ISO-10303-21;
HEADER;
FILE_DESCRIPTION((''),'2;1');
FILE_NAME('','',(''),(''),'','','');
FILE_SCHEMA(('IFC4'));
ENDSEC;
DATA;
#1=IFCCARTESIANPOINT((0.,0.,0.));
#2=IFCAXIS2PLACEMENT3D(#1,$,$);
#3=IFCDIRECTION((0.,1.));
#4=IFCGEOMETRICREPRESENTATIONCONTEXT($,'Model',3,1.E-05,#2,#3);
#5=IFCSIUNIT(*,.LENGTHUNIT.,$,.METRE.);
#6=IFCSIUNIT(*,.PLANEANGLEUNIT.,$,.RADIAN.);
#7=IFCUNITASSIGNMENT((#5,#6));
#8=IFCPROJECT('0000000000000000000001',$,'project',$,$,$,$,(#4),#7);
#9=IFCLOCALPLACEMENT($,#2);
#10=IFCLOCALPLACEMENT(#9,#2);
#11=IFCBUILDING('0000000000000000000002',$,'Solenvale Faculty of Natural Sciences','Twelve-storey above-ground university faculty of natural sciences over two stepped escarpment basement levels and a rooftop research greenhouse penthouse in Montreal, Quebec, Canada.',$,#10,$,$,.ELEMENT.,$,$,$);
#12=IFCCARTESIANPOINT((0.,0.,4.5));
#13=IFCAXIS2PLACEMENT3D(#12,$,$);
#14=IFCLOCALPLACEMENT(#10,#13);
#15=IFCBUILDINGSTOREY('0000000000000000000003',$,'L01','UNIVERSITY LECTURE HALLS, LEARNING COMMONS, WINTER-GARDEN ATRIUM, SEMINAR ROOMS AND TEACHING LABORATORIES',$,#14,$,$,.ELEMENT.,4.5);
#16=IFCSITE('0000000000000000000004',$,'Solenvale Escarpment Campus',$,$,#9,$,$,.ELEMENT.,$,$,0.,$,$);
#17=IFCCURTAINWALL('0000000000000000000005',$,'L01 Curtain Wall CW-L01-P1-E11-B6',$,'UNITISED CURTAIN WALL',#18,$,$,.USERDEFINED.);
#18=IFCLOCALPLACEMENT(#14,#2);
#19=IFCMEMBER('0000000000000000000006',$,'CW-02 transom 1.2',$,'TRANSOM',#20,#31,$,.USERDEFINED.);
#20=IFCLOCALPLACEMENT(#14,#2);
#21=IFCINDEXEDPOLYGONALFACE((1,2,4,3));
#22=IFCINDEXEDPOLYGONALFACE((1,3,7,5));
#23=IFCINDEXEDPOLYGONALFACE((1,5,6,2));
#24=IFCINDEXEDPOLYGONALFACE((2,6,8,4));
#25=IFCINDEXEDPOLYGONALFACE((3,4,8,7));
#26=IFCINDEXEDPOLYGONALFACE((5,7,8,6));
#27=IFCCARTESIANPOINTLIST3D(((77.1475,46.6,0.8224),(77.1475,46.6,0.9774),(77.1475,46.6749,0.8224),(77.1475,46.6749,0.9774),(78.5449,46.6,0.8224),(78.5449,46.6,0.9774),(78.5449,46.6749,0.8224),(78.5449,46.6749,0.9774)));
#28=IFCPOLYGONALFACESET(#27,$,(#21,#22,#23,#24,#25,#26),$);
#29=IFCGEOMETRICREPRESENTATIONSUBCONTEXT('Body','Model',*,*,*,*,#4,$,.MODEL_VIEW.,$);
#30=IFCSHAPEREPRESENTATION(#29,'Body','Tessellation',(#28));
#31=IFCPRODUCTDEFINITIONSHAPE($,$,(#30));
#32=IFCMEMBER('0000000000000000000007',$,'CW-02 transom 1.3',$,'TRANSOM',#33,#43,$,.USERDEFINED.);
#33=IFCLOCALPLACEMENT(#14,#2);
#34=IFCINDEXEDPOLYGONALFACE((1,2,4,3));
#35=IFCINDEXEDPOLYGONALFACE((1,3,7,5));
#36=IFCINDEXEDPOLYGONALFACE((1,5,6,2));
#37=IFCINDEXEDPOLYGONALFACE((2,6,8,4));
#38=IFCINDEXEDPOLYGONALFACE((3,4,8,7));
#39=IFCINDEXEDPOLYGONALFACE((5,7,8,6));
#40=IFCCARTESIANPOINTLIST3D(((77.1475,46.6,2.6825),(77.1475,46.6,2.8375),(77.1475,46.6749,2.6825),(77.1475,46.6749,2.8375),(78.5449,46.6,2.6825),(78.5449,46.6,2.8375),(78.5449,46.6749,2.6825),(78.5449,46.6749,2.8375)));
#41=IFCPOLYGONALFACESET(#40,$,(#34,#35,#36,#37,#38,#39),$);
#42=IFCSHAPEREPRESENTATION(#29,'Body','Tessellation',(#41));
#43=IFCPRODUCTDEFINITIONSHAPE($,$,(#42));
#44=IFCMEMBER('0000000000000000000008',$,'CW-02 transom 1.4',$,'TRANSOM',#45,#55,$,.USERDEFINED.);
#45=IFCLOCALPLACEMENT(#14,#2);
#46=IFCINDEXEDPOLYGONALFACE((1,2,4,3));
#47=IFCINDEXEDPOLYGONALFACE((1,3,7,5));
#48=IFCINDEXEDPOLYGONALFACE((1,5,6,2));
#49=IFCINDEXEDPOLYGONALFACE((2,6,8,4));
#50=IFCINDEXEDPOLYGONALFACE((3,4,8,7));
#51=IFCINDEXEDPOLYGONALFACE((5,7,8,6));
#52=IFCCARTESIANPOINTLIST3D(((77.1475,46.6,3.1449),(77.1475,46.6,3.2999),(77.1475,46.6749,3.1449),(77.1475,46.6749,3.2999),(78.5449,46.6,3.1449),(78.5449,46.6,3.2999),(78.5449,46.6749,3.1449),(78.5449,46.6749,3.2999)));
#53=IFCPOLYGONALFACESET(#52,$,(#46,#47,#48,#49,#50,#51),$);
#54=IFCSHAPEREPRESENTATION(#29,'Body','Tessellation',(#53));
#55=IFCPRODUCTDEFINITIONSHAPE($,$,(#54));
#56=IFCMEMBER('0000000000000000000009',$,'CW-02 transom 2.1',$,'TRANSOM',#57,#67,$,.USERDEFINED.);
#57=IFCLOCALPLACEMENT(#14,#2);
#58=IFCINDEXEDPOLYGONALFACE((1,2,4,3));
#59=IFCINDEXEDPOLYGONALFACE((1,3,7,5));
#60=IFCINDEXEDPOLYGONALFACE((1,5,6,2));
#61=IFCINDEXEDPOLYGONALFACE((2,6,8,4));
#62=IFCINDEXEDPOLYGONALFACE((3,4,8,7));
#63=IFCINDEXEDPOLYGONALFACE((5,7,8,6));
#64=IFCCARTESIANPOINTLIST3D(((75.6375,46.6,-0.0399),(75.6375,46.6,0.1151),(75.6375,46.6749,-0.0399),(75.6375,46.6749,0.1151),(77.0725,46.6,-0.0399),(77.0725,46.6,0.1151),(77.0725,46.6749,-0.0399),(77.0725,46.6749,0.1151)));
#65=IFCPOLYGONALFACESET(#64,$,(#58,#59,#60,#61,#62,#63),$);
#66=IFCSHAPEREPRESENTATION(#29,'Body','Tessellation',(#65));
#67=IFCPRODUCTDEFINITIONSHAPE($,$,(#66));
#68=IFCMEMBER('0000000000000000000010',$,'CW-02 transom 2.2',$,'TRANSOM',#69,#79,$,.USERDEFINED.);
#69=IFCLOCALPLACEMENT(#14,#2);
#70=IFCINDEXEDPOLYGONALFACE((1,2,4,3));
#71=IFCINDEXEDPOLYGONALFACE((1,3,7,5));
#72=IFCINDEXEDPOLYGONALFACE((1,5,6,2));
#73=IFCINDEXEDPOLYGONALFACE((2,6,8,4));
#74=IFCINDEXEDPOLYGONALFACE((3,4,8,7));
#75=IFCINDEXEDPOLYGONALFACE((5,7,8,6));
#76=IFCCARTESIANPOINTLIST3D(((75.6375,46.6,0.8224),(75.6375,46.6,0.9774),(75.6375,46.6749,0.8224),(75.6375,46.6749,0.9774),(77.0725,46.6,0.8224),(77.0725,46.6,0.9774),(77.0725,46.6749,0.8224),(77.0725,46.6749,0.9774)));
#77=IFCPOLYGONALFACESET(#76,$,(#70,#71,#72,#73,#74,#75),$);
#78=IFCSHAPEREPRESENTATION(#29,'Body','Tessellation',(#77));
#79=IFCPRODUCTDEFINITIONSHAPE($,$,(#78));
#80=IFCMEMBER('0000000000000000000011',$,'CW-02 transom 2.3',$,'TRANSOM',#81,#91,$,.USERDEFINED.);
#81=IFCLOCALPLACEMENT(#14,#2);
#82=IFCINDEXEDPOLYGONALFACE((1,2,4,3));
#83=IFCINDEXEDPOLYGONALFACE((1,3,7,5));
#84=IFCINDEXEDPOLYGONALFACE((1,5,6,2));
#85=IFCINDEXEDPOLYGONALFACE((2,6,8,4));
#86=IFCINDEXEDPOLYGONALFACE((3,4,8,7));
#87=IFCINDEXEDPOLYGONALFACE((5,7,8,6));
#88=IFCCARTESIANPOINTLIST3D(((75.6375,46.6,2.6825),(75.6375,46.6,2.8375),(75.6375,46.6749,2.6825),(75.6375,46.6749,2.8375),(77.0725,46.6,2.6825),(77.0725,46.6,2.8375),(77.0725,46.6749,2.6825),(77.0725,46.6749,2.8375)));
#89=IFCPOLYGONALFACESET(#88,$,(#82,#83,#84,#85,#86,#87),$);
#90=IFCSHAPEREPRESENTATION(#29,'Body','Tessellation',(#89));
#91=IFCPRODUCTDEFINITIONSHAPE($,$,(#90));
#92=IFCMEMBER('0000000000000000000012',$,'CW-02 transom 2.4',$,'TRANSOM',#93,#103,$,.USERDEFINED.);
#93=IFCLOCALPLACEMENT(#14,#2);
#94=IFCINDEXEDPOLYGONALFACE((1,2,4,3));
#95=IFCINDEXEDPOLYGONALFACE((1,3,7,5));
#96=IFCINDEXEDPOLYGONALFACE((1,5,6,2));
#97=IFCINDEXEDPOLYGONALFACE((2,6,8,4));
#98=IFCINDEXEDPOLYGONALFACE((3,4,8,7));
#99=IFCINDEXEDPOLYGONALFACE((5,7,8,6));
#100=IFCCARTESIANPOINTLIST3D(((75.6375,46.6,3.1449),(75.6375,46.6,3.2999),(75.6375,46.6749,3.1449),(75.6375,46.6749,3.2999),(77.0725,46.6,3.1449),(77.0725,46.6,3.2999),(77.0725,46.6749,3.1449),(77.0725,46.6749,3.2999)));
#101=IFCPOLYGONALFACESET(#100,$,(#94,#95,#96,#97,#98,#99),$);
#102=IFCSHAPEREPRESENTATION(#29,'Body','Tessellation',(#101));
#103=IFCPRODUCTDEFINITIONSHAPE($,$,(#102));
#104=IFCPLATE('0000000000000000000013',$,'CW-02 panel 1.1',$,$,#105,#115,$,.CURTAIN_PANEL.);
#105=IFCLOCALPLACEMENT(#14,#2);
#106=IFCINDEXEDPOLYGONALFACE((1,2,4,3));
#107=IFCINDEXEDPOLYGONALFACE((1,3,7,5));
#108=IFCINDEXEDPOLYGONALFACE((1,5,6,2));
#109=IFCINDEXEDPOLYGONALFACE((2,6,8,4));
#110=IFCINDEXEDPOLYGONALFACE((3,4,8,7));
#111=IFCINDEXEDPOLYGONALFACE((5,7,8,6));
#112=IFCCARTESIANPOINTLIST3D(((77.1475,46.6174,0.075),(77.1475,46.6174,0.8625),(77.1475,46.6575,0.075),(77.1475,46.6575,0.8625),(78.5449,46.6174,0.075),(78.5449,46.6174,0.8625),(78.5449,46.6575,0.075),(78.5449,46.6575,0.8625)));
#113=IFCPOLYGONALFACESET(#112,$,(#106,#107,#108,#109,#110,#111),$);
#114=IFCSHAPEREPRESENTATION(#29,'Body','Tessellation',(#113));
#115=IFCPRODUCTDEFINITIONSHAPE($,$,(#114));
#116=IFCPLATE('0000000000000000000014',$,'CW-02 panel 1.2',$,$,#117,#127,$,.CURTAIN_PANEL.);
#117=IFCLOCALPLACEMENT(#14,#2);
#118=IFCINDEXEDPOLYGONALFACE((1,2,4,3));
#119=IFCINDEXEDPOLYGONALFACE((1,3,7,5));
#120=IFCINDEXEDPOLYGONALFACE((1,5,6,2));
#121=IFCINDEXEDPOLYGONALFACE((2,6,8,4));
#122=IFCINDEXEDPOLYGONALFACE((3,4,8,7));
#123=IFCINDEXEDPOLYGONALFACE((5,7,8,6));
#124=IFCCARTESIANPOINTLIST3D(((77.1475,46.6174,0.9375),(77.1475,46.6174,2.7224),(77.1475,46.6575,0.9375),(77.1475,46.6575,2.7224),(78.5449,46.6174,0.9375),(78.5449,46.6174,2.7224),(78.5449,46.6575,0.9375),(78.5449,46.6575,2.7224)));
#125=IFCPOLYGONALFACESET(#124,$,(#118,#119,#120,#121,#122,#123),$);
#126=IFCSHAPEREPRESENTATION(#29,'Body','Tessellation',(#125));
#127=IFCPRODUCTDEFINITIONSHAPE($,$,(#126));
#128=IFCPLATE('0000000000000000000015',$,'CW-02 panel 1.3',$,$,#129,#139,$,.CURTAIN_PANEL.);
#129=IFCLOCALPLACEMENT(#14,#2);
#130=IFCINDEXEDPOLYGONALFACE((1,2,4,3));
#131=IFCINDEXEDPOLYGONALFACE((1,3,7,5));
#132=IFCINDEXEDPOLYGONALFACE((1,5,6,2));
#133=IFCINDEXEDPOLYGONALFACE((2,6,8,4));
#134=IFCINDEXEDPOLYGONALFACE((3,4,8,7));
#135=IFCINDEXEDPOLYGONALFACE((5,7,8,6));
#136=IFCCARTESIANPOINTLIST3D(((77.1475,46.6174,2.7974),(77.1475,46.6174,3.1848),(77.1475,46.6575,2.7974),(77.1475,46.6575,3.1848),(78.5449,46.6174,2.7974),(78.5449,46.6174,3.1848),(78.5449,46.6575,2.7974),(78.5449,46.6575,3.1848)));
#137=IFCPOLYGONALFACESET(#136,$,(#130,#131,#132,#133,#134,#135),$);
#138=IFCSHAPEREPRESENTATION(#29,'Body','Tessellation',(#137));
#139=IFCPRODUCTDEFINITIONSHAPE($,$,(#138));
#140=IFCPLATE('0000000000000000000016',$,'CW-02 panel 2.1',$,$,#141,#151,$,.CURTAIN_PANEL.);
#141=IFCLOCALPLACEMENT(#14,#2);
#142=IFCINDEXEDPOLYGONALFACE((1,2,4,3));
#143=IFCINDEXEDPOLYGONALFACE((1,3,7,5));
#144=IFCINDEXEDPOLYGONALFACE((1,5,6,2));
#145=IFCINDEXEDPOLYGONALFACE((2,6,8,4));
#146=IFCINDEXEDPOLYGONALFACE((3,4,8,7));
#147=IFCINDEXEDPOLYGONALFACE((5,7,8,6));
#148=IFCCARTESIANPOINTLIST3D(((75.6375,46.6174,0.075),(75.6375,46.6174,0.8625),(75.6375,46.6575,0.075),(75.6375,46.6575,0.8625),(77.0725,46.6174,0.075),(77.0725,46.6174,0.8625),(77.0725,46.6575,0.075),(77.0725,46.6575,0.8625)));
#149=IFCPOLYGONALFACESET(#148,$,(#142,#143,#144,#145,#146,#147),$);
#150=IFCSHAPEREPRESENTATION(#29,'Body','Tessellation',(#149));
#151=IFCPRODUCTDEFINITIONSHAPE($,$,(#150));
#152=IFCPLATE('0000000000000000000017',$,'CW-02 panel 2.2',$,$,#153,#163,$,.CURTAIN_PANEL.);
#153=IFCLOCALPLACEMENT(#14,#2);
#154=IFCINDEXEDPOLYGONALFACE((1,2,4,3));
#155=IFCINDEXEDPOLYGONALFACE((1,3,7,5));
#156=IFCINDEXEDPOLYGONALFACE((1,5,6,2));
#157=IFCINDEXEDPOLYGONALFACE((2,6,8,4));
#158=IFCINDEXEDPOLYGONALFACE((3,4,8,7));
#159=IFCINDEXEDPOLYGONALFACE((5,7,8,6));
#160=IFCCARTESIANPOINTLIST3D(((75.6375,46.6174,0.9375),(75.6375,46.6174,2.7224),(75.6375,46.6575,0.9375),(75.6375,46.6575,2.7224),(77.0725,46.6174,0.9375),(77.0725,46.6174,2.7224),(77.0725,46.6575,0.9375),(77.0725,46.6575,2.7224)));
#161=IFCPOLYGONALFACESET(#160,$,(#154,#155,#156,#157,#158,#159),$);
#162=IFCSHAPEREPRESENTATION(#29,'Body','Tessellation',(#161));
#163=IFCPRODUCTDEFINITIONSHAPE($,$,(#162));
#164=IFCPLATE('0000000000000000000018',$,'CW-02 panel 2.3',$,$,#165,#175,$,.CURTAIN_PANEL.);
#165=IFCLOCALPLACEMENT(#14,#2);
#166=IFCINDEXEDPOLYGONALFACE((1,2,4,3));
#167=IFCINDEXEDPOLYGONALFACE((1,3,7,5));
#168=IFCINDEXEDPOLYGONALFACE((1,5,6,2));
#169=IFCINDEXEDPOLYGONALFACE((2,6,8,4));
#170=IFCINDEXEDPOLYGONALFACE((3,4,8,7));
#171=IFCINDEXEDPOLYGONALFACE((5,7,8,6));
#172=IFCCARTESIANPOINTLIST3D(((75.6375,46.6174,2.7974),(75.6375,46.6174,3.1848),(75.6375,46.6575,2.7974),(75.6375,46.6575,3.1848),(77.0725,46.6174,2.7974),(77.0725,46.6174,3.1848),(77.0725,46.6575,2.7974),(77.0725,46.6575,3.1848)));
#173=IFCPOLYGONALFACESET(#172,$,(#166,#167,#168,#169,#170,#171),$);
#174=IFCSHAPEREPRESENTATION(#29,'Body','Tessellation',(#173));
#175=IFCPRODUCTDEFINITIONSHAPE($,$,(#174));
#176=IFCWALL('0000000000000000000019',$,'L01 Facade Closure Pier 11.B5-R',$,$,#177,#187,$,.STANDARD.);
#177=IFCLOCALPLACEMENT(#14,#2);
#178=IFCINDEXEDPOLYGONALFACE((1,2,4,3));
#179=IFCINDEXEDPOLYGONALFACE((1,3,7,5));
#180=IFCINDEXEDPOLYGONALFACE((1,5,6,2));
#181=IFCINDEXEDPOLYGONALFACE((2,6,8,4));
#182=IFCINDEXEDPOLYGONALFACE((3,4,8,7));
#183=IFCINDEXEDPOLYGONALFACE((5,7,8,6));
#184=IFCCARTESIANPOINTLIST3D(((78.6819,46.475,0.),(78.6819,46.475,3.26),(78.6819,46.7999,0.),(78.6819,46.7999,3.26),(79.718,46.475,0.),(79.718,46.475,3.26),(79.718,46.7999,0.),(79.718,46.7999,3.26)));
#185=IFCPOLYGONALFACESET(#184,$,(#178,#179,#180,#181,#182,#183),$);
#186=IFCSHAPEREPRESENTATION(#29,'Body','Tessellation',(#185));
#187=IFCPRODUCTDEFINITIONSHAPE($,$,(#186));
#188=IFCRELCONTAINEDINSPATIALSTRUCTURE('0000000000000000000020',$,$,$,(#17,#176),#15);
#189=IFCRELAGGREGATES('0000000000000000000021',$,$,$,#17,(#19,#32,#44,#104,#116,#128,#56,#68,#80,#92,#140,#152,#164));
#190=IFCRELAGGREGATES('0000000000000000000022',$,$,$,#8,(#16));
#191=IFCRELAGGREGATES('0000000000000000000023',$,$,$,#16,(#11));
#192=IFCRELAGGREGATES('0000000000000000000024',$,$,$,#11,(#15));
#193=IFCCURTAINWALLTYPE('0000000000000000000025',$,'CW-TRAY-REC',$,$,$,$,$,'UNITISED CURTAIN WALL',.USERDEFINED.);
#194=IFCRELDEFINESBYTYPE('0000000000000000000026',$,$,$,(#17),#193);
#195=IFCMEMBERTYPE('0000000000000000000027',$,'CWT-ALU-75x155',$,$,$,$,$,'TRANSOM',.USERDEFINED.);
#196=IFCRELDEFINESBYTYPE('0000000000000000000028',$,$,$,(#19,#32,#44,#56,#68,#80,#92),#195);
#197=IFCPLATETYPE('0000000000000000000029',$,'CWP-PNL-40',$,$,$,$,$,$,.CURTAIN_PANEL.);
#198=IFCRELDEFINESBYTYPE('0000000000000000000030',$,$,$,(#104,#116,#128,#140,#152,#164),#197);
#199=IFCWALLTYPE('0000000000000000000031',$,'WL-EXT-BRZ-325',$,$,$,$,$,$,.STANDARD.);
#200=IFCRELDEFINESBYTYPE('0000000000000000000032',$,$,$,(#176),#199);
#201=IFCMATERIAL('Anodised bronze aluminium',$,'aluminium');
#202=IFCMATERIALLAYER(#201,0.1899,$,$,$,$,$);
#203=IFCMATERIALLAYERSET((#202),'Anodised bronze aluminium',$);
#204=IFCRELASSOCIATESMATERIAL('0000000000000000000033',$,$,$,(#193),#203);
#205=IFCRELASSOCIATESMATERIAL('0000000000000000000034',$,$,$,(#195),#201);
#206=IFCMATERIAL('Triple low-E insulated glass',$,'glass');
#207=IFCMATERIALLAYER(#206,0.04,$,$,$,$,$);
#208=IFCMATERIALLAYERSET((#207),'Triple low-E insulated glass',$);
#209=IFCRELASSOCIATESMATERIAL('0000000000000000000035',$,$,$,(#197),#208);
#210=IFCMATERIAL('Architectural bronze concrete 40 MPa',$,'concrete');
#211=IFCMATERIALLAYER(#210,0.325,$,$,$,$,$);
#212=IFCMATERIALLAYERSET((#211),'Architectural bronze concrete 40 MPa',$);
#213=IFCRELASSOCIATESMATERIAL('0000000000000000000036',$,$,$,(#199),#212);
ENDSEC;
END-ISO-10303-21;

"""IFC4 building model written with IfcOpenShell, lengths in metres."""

from ifc_helpers import new_model, si_unit, direction, frame, frame_2d, origin, origin_2d, place, context, subcontext, project, spatial, rectangle, extrude, material, layer, layer_set, material_profile, profile_set, type_object, element, aggregate, save


model = new_model("IFC4")

# Units and contexts
model_context = context("Model", 3, precision=1e-05, world=origin(), true_north=direction((0.0, 1.0)))
body_context = subcontext(model_context, "Body", "Model", "MODEL_VIEW")
ifc_project = project(units=[si_unit("LENGTHUNIT", "METRE"), si_unit("PLANEANGLEUNIT", "RADIAN")], contexts=[model_context])

# Site, building, storey
site_placement = place(None, origin())
site = spatial("IfcSite", under=ifc_project, at=site_placement, Name="Solenvale Escarpment Campus", CompositionType="ELEMENT", RefElevation=0.0)
building_placement = place(site_placement, origin())
building = spatial("IfcBuilding", under=site, at=building_placement, Name="Solenvale Faculty of Natural Sciences", Description="Twelve-storey above-ground university faculty of natural sciences over two stepped escarpment basement levels and a rooftop research greenhouse penthouse in Montreal, Quebec, Canada.", CompositionType="ELEMENT")
storey_placement = place(building_placement, frame((0.0, 0.0, 4.5)))
storey = spatial("IfcBuildingStorey", under=building, at=storey_placement, Name="L01", Description="UNIVERSITY LECTURE HALLS, LEARNING COMMONS, WINTER-GARDEN ATRIUM, SEMINAR ROOMS AND TEACHING LABORATORIES", CompositionType="ELEMENT", Elevation=4.5)

# Shared definitions
ifc_material_1 = material(Name="Architectural bronze concrete 40 MPa", Category="concrete")

# Curtain wall, members, plates
ifc_material_2 = material(Name="Anodised bronze aluminium", Category="aluminium")
ifc_layer_1 = layer(ifc_material_2, 0.1899)
ifc_layer_set_1 = layer_set([ifc_layer_1], Name="Anodised bronze aluminium")
curtain_wall_type = type_object("IfcCurtainWallType", Name="CW-TRAY-REC", ElementType="UNITISED CURTAIN WALL", PredefinedType="USERDEFINED", material=ifc_layer_set_1)
curtain_wall_placement = place(storey_placement, origin())
curtain_wall = element("IfcCurtainWall", 1, at=curtain_wall_placement, inside=storey, type_object=curtain_wall_type, Name="L01 Curtain Wall CW-L01-P1-E11-B6", ObjectType="UNITISED CURTAIN WALL", PredefinedType="USERDEFINED")
ifc_material_profile_1 = material_profile(ifc_material_2, rectangle(XDim=0.075, YDim=0.155, at=origin_2d()), Name="ALU-TRN-75x155")
ifc_profile_set_1 = profile_set([ifc_material_profile_1], Name="Anodised bronze aluminium")
member_type_1 = type_object("IfcMemberType", Name="CWT-ALU-75x155", ElementType="TRANSOM", PredefinedType="USERDEFINED", material=ifc_profile_set_1)
member_1_placement = place(storey_placement, frame((78.5449, 46.6375, 0.8999), z_axis=(-1.0, 0.0, 0.0), x_axis=(0.0, -1.0, 0.0)))
member_1 = element("IfcMember", 2, at=member_1_placement, type_object=member_type_1, Name="CW-02 transom 1.2", ObjectType="TRANSOM", PredefinedType="USERDEFINED", context=body_context, shape_type="SweptSolid", body=[
    extrude(rectangle(XDim=0.075, YDim=0.155, at=origin_2d()), origin(), (0.0, 0.0, 1.0), 1.3975),
])
member_2_placement = place(storey_placement, frame((78.5449, 46.6375, 2.76), z_axis=(-1.0, 0.0, 0.0), x_axis=(0.0, -1.0, 0.0)))
member_2 = element("IfcMember", 3, at=member_2_placement, type_object=member_type_1, Name="CW-02 transom 1.3", ObjectType="TRANSOM", PredefinedType="USERDEFINED", context=body_context, shape_type="SweptSolid", body=[
    extrude(rectangle(XDim=0.075, YDim=0.155, at=origin_2d()), origin(), (0.0, 0.0, 1.0), 1.3975),
])
member_3_placement = place(storey_placement, frame((78.5449, 46.6375, 3.2224), z_axis=(-1.0, 0.0, 0.0), x_axis=(0.0, -1.0, 0.0)))
member_3 = element("IfcMember", 4, at=member_3_placement, type_object=member_type_1, Name="CW-02 transom 1.4", ObjectType="TRANSOM", PredefinedType="USERDEFINED", context=body_context, shape_type="SweptSolid", body=[
    extrude(rectangle(XDim=0.075, YDim=0.155, at=origin_2d()), origin(), (0.0, 0.0, 1.0), 1.3975),
])
member_4_placement = place(storey_placement, frame((77.0725, 46.6375, 0.0376), z_axis=(-1.0, 0.0, 0.0), x_axis=(0.0, -1.0, 0.0)))
member_4 = element("IfcMember", 5, at=member_4_placement, type_object=member_type_1, Name="CW-02 transom 2.1", ObjectType="TRANSOM", PredefinedType="USERDEFINED", context=body_context, shape_type="SweptSolid", body=[
    extrude(rectangle(XDim=0.075, YDim=0.155, at=origin_2d()), origin(), (0.0, 0.0, 1.0), 1.4351),
])
member_5_placement = place(storey_placement, frame((77.0725, 46.6375, 0.8999), z_axis=(-1.0, 0.0, 0.0), x_axis=(0.0, -1.0, 0.0)))
member_5 = element("IfcMember", 6, at=member_5_placement, type_object=member_type_1, Name="CW-02 transom 2.2", ObjectType="TRANSOM", PredefinedType="USERDEFINED", context=body_context, shape_type="SweptSolid", body=[
    extrude(rectangle(XDim=0.075, YDim=0.155, at=origin_2d()), origin(), (0.0, 0.0, 1.0), 1.4351),
])
member_6_placement = place(storey_placement, frame((77.0725, 46.6375, 2.76), z_axis=(-1.0, 0.0, 0.0), x_axis=(0.0, -1.0, 0.0)))
member_6 = element("IfcMember", 7, at=member_6_placement, type_object=member_type_1, Name="CW-02 transom 2.3", ObjectType="TRANSOM", PredefinedType="USERDEFINED", context=body_context, shape_type="SweptSolid", body=[
    extrude(rectangle(XDim=0.075, YDim=0.155, at=origin_2d()), origin(), (0.0, 0.0, 1.0), 1.4351),
])
member_7_placement = place(storey_placement, frame((77.0725, 46.6375, 3.2224), z_axis=(-1.0, 0.0, 0.0), x_axis=(0.0, -1.0, 0.0)))
member_7 = element("IfcMember", 8, at=member_7_placement, type_object=member_type_1, Name="CW-02 transom 2.4", ObjectType="TRANSOM", PredefinedType="USERDEFINED", context=body_context, shape_type="SweptSolid", body=[
    extrude(rectangle(XDim=0.075, YDim=0.155, at=origin_2d()), origin(), (0.0, 0.0, 1.0), 1.4351),
])
ifc_material_3 = material(Name="Triple low-E insulated glass", Category="glass")
ifc_layer_2 = layer(ifc_material_3, 0.04)
ifc_layer_set_2 = layer_set([ifc_layer_2], Name="Triple low-E insulated glass")
plate_type = type_object("IfcPlateType", Name="CWP-PNL-40", PredefinedType="CURTAIN_PANEL", material=ifc_layer_set_2)
plate_1_placement = place(storey_placement, frame((77.8462, 46.6375, 0.075), z_axis=(0.0, 0.0, 1.0), x_axis=(-1.0, 0.0, 0.0)))
plate_1 = element("IfcPlate", 9, at=plate_1_placement, type_object=plate_type, Name="CW-02 panel 1.1", PredefinedType="CURTAIN_PANEL", context=body_context, shape_type="SweptSolid", body=[
    extrude(rectangle(XDim=1.3975, YDim=0.04, at=origin_2d()), origin(), (0.0, 0.0, 1.0), 0.7876),
])
plate_2_placement = place(storey_placement, frame((77.8462, 46.6375, 0.9375), z_axis=(0.0, 0.0, 1.0), x_axis=(-1.0, 0.0, 0.0)))
plate_2 = element("IfcPlate", 10, at=plate_2_placement, type_object=plate_type, Name="CW-02 panel 1.2", PredefinedType="CURTAIN_PANEL", context=body_context, shape_type="SweptSolid", body=[
    extrude(rectangle(XDim=1.3975, YDim=0.04, at=origin_2d()), origin(), (0.0, 0.0, 1.0), 1.7849),
])
plate_3_placement = place(storey_placement, frame((77.8462, 46.6375, 2.7974), z_axis=(0.0, 0.0, 1.0), x_axis=(-1.0, 0.0, 0.0)))
plate_3 = element("IfcPlate", 11, at=plate_3_placement, type_object=plate_type, Name="CW-02 panel 1.3", PredefinedType="CURTAIN_PANEL", context=body_context, shape_type="SweptSolid", body=[
    extrude(rectangle(XDim=1.3975, YDim=0.04, at=origin_2d()), origin(), (0.0, 0.0, 1.0), 0.3875),
])
plate_4_placement = place(storey_placement, frame((76.355, 46.6375, 0.075), z_axis=(0.0, 0.0, 1.0), x_axis=(-1.0, 0.0, 0.0)))
plate_4 = element("IfcPlate", 12, at=plate_4_placement, type_object=plate_type, Name="CW-02 panel 2.1", PredefinedType="CURTAIN_PANEL", context=body_context, shape_type="SweptSolid", body=[
    extrude(rectangle(XDim=1.4351, YDim=0.04, at=origin_2d()), origin(), (0.0, 0.0, 1.0), 0.7876),
])
plate_5_placement = place(storey_placement, frame((76.355, 46.6375, 0.9375), z_axis=(0.0, 0.0, 1.0), x_axis=(-1.0, 0.0, 0.0)))
plate_5 = element("IfcPlate", 13, at=plate_5_placement, type_object=plate_type, Name="CW-02 panel 2.2", PredefinedType="CURTAIN_PANEL", context=body_context, shape_type="SweptSolid", body=[
    extrude(rectangle(XDim=1.4351, YDim=0.04, at=origin_2d()), origin(), (0.0, 0.0, 1.0), 1.7849),
])
plate_6_placement = place(storey_placement, frame((76.355, 46.6375, 2.7974), z_axis=(0.0, 0.0, 1.0), x_axis=(-1.0, 0.0, 0.0)))
plate_6 = element("IfcPlate", 14, at=plate_6_placement, type_object=plate_type, Name="CW-02 panel 2.3", PredefinedType="CURTAIN_PANEL", context=body_context, shape_type="SweptSolid", body=[
    extrude(rectangle(XDim=1.4351, YDim=0.04, at=origin_2d()), origin(), (0.0, 0.0, 1.0), 0.3875),
])
aggregate(curtain_wall, [member_1, member_2, member_3, plate_1, plate_2, plate_3, member_4, member_5, member_6, member_7, plate_4, plate_5, plate_6])

# Wall
ifc_layer_3 = layer(ifc_material_1, 0.325)
ifc_layer_set_3 = layer_set([ifc_layer_3], Name="Architectural bronze concrete 40 MPa")
wall_type_1 = type_object("IfcWallType", Name="WL-EXT-BRZ-325", PredefinedType="STANDARD", material=ifc_layer_set_3)
wall_1_placement = place(storey_placement, frame((79.718, 46.6375, 0.0), z_axis=(0.0, 0.0, 1.0), x_axis=(-1.0, 0.0, 0.0)))
element("IfcWall", 15, at=wall_1_placement, inside=storey, type_object=wall_type_1, Name="L01 Facade Closure Pier 11.B5-R", PredefinedType="STANDARD", context=body_context, shape_type="SweptSolid", body=[
    extrude(rectangle(XDim=1.0361, YDim=0.325, at=frame_2d((0.5181, 0.0))), origin(), (0.0, 0.0, 1.0), 3.26),
])

save(model, "model.ifc")
